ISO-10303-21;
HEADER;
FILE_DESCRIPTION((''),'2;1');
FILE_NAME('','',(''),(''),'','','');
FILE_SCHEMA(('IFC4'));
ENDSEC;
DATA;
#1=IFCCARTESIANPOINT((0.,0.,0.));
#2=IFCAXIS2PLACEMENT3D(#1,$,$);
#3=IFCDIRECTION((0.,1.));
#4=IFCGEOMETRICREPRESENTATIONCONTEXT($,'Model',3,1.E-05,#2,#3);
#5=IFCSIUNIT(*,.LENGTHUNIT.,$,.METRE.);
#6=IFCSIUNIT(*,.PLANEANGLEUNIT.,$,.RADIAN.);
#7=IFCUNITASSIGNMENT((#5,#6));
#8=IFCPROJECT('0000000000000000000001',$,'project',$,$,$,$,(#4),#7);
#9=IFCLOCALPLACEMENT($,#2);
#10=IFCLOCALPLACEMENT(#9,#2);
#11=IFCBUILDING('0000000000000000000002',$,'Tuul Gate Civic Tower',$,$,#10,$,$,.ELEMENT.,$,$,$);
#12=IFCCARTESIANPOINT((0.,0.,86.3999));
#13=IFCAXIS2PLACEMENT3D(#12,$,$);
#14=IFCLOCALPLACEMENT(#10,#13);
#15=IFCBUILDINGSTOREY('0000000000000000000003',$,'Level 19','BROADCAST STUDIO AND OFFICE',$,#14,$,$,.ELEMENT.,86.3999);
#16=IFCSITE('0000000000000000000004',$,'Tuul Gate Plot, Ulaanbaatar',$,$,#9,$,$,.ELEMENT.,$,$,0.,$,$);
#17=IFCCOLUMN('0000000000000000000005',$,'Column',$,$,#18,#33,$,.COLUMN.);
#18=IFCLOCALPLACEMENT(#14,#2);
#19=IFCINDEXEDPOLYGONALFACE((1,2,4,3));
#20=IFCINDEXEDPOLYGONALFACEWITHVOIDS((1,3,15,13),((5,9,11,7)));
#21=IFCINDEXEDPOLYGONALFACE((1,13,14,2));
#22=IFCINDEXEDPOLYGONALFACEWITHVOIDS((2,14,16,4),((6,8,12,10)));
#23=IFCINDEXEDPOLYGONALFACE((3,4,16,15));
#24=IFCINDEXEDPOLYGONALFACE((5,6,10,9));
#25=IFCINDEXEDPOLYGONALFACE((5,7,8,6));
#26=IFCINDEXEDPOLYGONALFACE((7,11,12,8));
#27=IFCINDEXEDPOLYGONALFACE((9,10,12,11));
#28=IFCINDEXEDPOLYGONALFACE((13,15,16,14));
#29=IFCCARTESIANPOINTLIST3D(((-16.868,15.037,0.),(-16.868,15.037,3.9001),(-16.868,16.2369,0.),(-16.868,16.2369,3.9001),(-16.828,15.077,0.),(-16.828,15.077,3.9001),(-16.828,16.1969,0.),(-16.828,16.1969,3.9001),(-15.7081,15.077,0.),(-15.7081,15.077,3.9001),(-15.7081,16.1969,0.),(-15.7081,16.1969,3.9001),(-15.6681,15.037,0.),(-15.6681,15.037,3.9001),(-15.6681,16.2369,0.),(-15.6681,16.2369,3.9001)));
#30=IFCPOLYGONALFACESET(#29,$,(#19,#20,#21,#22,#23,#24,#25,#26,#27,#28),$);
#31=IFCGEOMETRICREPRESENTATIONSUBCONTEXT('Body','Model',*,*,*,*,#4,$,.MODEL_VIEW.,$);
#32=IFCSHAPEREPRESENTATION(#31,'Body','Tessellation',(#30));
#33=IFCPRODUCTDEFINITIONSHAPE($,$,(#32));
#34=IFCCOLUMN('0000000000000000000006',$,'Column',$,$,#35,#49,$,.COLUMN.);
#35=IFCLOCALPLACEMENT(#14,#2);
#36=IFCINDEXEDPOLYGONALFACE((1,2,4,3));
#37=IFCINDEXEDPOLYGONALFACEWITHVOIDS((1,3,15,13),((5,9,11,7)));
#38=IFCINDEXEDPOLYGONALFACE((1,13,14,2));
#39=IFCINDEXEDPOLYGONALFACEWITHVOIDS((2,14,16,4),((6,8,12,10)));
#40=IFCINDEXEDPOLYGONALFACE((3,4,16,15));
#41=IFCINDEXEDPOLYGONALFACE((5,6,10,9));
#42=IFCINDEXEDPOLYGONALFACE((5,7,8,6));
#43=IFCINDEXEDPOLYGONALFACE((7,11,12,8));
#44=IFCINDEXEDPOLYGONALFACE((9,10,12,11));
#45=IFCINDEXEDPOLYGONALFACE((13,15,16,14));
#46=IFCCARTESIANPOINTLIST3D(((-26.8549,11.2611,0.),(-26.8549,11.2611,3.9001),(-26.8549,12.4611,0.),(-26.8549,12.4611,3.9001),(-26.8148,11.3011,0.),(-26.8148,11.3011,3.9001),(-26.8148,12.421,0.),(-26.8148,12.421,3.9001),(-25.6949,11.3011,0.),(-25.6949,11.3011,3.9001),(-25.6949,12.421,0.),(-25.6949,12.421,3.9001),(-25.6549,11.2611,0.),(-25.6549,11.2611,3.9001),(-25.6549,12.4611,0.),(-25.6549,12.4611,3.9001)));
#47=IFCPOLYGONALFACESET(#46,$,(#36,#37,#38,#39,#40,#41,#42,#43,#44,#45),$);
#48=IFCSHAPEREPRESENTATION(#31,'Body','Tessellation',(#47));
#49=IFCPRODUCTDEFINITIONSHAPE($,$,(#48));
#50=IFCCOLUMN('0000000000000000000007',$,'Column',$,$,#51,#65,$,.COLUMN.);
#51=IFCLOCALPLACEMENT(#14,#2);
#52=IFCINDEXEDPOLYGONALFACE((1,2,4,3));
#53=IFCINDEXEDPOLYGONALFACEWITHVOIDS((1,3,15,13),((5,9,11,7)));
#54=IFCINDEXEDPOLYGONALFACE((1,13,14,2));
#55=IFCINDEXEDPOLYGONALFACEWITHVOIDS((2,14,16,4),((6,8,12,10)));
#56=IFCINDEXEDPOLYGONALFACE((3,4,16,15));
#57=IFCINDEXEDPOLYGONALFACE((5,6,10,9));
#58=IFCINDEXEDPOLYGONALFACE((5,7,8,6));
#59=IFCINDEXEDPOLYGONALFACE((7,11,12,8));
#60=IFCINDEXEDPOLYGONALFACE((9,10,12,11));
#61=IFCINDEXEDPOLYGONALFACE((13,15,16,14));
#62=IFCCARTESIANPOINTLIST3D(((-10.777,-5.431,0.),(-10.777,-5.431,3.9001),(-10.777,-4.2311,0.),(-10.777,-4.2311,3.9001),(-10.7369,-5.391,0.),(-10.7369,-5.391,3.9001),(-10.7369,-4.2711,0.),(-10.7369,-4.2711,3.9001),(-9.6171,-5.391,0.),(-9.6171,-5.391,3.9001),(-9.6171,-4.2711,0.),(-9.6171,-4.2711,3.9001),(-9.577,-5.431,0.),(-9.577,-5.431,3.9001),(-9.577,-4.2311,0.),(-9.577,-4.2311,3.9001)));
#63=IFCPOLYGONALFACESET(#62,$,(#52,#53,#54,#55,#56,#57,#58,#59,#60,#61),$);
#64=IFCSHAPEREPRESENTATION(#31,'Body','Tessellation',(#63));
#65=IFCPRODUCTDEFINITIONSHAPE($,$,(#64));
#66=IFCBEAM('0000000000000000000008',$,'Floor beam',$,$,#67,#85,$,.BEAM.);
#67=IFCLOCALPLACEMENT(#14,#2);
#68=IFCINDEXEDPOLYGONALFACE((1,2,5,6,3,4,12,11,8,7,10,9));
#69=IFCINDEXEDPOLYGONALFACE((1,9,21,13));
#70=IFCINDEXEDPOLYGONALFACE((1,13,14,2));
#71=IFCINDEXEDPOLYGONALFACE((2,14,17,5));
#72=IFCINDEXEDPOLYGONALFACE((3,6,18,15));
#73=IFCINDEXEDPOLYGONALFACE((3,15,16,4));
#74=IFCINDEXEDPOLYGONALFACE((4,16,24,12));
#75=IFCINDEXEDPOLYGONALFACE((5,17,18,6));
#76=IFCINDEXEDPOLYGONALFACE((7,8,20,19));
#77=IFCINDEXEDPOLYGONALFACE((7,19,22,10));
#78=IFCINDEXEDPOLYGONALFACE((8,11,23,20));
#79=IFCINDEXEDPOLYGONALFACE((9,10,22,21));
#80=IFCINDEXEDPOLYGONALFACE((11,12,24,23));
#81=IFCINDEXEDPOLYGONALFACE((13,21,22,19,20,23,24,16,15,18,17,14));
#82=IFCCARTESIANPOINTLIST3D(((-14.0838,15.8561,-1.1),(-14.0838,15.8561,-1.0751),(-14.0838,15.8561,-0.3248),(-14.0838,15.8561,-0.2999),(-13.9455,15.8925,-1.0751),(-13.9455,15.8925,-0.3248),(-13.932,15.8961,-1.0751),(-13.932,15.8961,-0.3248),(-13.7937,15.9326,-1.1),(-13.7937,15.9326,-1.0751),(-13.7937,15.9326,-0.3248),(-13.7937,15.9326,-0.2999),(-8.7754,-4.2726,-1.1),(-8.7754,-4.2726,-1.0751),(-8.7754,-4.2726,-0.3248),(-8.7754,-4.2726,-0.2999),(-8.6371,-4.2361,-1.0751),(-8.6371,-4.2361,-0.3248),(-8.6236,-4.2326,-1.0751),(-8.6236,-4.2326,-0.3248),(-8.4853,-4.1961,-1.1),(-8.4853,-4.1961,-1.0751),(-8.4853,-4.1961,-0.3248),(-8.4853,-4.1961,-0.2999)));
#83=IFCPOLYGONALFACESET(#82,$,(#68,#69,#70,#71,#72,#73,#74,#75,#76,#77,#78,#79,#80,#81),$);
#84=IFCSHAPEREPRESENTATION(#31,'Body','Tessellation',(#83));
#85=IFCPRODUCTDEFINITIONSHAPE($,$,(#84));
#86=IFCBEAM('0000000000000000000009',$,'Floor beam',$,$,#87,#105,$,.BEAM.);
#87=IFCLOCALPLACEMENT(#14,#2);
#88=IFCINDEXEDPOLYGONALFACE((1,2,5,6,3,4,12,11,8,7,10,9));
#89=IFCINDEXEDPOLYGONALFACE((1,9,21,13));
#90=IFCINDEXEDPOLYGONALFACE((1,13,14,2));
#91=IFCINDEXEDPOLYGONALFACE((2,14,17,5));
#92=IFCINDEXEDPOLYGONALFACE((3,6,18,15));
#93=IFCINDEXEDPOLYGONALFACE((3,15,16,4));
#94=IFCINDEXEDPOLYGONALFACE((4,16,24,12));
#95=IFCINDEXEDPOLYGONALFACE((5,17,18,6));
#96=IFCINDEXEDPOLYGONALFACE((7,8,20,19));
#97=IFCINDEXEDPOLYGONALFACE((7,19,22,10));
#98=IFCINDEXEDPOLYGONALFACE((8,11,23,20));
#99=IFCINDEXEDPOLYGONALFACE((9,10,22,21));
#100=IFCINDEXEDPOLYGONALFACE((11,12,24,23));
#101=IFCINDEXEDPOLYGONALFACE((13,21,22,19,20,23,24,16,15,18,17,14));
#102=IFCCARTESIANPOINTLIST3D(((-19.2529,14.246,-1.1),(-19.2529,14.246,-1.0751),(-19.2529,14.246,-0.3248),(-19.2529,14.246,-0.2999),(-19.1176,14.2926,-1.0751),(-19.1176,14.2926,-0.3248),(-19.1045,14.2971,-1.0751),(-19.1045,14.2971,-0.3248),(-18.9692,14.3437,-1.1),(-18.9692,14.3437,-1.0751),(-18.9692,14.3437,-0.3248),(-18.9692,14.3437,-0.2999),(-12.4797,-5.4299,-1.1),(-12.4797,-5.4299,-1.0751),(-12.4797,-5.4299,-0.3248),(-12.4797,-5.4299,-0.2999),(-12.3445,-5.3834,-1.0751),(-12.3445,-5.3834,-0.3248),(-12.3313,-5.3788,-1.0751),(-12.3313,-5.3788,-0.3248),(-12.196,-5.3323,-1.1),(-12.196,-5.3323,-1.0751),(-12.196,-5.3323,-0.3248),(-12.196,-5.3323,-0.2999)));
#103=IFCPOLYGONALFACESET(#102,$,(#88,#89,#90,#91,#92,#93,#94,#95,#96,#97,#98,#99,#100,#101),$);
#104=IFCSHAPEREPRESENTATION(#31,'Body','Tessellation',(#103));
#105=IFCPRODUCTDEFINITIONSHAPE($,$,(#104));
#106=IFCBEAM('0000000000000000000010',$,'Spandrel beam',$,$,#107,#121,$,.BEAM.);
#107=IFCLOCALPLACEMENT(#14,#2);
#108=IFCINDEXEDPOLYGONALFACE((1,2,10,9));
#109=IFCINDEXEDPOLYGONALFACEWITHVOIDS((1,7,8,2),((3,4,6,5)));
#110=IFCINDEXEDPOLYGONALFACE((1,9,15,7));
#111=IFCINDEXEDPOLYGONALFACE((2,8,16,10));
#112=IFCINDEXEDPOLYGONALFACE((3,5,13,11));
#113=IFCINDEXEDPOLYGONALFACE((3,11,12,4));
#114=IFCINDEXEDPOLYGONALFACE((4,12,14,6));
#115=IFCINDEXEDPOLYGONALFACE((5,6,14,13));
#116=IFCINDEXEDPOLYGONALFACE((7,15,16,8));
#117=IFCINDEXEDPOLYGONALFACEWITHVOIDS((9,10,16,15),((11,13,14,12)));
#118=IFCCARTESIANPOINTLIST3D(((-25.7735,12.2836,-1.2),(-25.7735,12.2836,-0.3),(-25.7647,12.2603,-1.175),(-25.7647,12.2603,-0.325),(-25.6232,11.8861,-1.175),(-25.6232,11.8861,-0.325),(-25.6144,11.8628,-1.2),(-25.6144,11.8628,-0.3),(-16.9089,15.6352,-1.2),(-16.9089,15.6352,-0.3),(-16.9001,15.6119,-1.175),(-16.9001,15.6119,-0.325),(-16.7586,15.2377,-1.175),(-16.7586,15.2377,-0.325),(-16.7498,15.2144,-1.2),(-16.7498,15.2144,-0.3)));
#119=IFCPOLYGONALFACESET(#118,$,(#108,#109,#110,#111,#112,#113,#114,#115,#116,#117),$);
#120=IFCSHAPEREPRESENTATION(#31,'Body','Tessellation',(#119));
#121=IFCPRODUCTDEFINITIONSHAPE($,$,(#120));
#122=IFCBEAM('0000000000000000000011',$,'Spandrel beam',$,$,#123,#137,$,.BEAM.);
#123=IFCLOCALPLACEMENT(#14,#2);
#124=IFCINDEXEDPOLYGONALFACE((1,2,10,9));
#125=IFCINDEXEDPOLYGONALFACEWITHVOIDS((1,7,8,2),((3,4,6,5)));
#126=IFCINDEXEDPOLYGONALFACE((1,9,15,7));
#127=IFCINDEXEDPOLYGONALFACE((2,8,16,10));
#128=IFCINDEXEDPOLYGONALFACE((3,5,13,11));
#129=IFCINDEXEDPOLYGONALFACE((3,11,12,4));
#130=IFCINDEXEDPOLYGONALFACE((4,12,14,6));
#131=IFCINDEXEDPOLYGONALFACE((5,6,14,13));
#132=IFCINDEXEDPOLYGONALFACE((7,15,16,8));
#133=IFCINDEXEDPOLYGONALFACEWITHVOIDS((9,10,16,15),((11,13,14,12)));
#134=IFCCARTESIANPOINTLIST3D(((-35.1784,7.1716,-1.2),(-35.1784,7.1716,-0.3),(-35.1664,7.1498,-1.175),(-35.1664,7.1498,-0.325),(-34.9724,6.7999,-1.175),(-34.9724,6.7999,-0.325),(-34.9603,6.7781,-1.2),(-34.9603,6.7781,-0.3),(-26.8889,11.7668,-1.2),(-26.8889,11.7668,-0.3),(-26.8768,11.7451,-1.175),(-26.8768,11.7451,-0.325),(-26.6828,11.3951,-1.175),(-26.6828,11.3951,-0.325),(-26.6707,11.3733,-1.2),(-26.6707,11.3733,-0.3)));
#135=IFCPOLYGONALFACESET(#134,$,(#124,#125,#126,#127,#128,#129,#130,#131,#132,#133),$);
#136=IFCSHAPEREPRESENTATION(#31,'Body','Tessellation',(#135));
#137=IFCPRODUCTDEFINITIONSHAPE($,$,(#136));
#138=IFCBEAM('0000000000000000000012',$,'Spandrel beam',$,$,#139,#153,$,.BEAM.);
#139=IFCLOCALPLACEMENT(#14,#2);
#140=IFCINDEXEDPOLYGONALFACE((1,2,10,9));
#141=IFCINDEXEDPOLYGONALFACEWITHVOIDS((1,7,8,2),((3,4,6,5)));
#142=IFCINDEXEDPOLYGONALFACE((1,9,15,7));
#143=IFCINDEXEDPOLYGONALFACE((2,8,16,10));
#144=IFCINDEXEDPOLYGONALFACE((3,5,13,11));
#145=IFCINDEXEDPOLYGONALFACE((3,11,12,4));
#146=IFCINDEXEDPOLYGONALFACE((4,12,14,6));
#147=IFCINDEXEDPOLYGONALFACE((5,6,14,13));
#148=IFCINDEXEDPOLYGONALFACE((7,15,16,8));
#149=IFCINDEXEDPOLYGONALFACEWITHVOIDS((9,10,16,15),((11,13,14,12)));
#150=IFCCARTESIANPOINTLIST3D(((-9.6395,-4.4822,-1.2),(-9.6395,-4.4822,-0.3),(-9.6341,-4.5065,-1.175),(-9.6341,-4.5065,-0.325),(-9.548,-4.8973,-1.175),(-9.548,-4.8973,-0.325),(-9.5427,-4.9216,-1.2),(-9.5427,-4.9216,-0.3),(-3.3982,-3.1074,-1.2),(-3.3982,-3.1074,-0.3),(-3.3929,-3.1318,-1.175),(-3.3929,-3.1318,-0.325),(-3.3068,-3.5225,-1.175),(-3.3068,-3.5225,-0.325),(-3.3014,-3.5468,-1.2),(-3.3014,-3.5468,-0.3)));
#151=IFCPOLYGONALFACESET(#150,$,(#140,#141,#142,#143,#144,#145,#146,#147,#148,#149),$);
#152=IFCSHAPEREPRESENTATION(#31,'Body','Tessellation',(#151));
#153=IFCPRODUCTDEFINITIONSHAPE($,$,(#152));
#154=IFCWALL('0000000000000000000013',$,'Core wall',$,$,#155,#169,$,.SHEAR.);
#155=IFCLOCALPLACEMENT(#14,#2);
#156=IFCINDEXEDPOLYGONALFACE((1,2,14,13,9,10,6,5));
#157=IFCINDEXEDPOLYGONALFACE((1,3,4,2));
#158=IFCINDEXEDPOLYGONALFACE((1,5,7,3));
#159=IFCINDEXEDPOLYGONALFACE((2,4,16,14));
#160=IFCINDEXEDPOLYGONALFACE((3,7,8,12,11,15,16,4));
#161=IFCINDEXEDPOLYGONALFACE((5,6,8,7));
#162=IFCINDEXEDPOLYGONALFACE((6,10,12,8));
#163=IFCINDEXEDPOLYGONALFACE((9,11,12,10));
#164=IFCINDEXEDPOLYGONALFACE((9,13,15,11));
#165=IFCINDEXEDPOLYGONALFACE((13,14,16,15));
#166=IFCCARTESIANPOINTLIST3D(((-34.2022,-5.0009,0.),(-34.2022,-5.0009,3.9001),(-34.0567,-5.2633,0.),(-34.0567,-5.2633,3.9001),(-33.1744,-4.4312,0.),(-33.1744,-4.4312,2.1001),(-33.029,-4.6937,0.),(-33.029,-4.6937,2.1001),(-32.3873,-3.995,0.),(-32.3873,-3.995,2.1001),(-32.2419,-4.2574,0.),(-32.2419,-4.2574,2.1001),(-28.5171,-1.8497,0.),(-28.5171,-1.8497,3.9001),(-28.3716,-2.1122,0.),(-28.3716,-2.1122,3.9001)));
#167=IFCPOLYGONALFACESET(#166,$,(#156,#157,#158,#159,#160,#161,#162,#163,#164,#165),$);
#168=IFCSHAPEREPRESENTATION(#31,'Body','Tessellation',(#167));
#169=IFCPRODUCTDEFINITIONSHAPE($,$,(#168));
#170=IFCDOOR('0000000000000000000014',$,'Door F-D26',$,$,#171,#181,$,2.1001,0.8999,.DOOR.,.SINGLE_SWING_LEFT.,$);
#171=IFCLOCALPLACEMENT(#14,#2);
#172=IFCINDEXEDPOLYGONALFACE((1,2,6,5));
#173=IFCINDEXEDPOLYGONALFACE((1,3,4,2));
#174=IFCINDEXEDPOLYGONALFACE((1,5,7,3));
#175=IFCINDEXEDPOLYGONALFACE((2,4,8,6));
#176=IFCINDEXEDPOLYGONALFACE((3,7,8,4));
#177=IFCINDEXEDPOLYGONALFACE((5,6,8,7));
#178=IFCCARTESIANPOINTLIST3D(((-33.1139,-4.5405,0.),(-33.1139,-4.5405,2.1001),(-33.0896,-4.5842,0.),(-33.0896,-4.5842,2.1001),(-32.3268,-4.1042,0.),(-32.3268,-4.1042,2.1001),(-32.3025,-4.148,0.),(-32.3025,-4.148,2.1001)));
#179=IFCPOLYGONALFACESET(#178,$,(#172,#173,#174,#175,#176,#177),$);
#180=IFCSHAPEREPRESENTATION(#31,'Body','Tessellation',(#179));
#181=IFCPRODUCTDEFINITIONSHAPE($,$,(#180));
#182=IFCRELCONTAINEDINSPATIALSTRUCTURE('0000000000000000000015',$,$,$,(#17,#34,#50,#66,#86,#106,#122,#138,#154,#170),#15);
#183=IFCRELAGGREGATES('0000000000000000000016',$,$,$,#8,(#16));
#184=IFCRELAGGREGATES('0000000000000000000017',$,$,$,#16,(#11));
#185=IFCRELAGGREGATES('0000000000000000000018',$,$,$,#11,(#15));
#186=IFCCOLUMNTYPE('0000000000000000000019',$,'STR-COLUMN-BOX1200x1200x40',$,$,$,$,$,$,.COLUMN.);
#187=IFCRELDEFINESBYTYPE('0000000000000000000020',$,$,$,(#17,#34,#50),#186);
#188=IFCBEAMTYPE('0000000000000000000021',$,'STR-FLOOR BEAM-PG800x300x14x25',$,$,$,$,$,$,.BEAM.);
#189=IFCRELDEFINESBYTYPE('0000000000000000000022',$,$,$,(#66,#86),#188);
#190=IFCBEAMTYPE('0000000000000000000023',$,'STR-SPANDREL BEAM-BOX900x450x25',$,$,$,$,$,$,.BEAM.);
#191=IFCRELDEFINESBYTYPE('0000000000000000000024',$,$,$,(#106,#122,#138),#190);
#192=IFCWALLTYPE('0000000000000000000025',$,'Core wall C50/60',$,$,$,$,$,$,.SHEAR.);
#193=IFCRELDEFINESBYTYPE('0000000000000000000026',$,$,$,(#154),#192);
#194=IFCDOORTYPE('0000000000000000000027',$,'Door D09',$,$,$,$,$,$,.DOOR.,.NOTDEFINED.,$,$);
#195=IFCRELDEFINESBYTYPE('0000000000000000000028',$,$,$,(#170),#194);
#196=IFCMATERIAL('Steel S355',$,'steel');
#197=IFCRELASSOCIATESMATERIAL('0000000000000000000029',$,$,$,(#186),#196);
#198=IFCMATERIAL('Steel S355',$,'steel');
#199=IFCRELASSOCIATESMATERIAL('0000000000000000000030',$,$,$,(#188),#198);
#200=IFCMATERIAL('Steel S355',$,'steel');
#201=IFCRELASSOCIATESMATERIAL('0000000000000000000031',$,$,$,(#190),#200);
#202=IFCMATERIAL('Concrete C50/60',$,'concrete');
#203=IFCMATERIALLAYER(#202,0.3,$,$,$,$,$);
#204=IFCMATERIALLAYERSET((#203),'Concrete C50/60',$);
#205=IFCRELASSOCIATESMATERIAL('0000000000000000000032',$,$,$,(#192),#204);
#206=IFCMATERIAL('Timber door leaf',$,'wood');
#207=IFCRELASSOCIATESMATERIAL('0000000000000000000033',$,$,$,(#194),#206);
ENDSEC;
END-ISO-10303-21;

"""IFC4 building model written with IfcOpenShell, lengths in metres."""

from ifc_helpers import new_model, si_unit, direction, frame, frame_2d, origin, origin_2d, place, context, subcontext, project, spatial, rectangle, hollow_rectangle, i_section, extrude, material, layer, layer_set, material_profile, profile_set, type_object, element, fill, save


model = new_model("IFC4")

# Units and contexts
model_context = context("Model", 3, precision=1e-05, world=origin(), true_north=direction((0.0, 1.0)))
body_context = subcontext(model_context, "Body", "Model", "MODEL_VIEW")
ifc_project = project(units=[si_unit("LENGTHUNIT", "METRE"), si_unit("PLANEANGLEUNIT", "RADIAN")], contexts=[model_context])

# Site, building, storey
site_placement = place(None, origin())
site = spatial("IfcSite", under=ifc_project, at=site_placement, Name="Tuul Gate Plot, Ulaanbaatar", CompositionType="ELEMENT", RefElevation=0.0)
building_placement = place(site_placement, origin())
building = spatial("IfcBuilding", under=site, at=building_placement, Name="Tuul Gate Civic Tower", CompositionType="ELEMENT")
storey_placement = place(building_placement, frame((0.0, 0.0, 86.3999)))
storey = spatial("IfcBuildingStorey", under=building, at=storey_placement, Name="Level 19", Description="BROADCAST STUDIO AND OFFICE", CompositionType="ELEMENT", Elevation=86.3999)

# Columns
ifc_material_1 = material(Name="Steel S355", Category="steel")
ifc_material_profile_1 = material_profile(ifc_material_1, hollow_rectangle(XDim=1.2, YDim=1.2, WallThickness=0.04, at=origin_2d()), Name="BOX1200x1200x40")
ifc_profile_set_1 = profile_set([ifc_material_profile_1], Name="Steel S355")
column_type = type_object("IfcColumnType", Name="STR-COLUMN-BOX1200x1200x40", PredefinedType="COLUMN", material=ifc_profile_set_1)
for number, where, z_axis, x_axis, name in (
    (1, (-16.2681, 15.637, 0.0), (0.0, 0.0, 1.0), (1.0, 0.0, 0.0), "Column"),
    (2, (-26.2549, 11.8611, 0.0), (0.0, 0.0, 1.0), (1.0, 0.0, 0.0), "Column"),
    (3, (-10.177, -4.8311, 0.0), (0.0, 0.0, 1.0), (1.0, 0.0, 0.0), "Column"),
):
    element("IfcColumn", number, at=place(storey_placement, frame(where, z_axis=z_axis, x_axis=x_axis)), inside=storey, type_object=column_type, Name=name, PredefinedType="COLUMN", context=body_context, shape_type="SweptSolid", body=[
        extrude(hollow_rectangle(XDim=1.2, YDim=1.2, WallThickness=0.04, at=origin_2d()), origin(), (0.0, 0.0, 1.0), 3.9001),
    ])

# Beams
ifc_material_2 = material(Name="Steel S355", Category="steel")
ifc_material_profile_2 = material_profile(ifc_material_2, i_section(OverallWidth=0.3, OverallDepth=0.8, WebThickness=0.0139, FlangeThickness=0.0249, at=origin_2d()), Name="PG800x300x14x25")
ifc_profile_set_2 = profile_set([ifc_material_profile_2], Name="Steel S355")
beam_type_1 = type_object("IfcBeamType", Name="STR-FLOOR BEAM-PG800x300x14x25", PredefinedType="BEAM", material=ifc_profile_set_2)
beam_1_placement = place(storey_placement, frame((-8.6304, -4.2344, -0.7), z_axis=(-0.255002, 0.96694, 0.0), x_axis=(-0.96694, -0.255002, 0.0)))
element("IfcBeam", 4, at=beam_1_placement, inside=storey, type_object=beam_type_1, Name="Floor beam", PredefinedType="BEAM", context=body_context, shape_type="SweptSolid", body=[
    extrude(i_section(OverallWidth=0.3, OverallDepth=0.8, WebThickness=0.0139, FlangeThickness=0.0249, at=origin_2d()), origin(), (0.0, 0.0, 1.0), 20.8169),
])
beam_2_placement = place(storey_placement, frame((-12.3379, -5.3811, -0.7), z_axis=(-0.325491, 0.945545, 0.0), x_axis=(-0.945545, -0.325491, 0.0)))
element("IfcBeam", 5, at=beam_2_placement, inside=storey, type_object=beam_type_1, Name="Floor beam", PredefinedType="BEAM", context=body_context, shape_type="SweptSolid", body=[
    extrude(i_section(OverallWidth=0.3, OverallDepth=0.8, WebThickness=0.0139, FlangeThickness=0.0249, at=origin_2d()), origin(), (0.0, 0.0, 1.0), 20.8091),
])
ifc_material_3 = material(Name="Steel S355", Category="steel")
ifc_material_profile_3 = material_profile(ifc_material_3, hollow_rectangle(XDim=0.45, YDim=0.8999, WallThickness=0.0249, at=origin_2d()), Name="BOX900x450x25")
ifc_profile_set_3 = profile_set([ifc_material_profile_3], Name="Steel S355")
beam_type_2 = type_object("IfcBeamType", Name="STR-SPANDREL BEAM-BOX900x450x25", PredefinedType="BEAM", material=ifc_profile_set_3)
beam_3_placement = place(storey_placement, frame((-16.8293, 15.4248, -0.75), z_axis=(-0.935376, -0.353655, 0.0), x_axis=(0.353655, -0.935376, 0.0)))
element("IfcBeam", 6, at=beam_3_placement, inside=storey, type_object=beam_type_2, Name="Spandrel beam", PredefinedType="BEAM", context=body_context, shape_type="SweptSolid", body=[
    extrude(hollow_rectangle(XDim=0.45, YDim=0.8999, WallThickness=0.0249, at=origin_2d()), origin(), (0.0, 0.0, 1.0), 9.4771),
])
beam_4_placement = place(storey_placement, frame((-26.7798, 11.5701, -0.75), z_axis=(-0.874609, -0.484829, 0.0), x_axis=(0.484829, -0.874609, 0.0)))
element("IfcBeam", 7, at=beam_4_placement, inside=storey, type_object=beam_type_2, Name="Spandrel beam", PredefinedType="BEAM", context=body_context, shape_type="SweptSolid", body=[
    extrude(hollow_rectangle(XDim=0.45, YDim=0.8999, WallThickness=0.0249, at=origin_2d()), origin(), (0.0, 0.0, 1.0), 9.478),
])
beam_5_placement = place(storey_placement, frame((-9.5911, -4.7019, -0.75), z_axis=(0.976589, 0.215114, 0.0), x_axis=(-0.215114, 0.976589, 0.0)))
element("IfcBeam", 8, at=beam_5_placement, inside=storey, type_object=beam_type_2, Name="Spandrel beam", PredefinedType="BEAM", context=body_context, shape_type="SweptSolid", body=[
    extrude(hollow_rectangle(XDim=0.45, YDim=0.8999, WallThickness=0.0249, at=origin_2d()), origin(), (0.0, 0.0, 1.0), 6.3909),
])

# Wall, opening, door
ifc_material_4 = material(Name="Concrete C50/60", Category="concrete")
ifc_layer_1 = layer(ifc_material_4, 0.3)
ifc_layer_set_1 = layer_set([ifc_layer_1], Name="Concrete C50/60")
wall_type_1 = type_object("IfcWallType", Name="Core wall C50/60", PredefinedType="SHEAR", material=ifc_layer_set_1)
wall_1_placement = place(storey_placement, frame((-28.4443, -1.981, 0.0), z_axis=(0.0, 0.0, 1.0), x_axis=(-0.87463, -0.484791, 0.0)))
wall_1 = element("IfcWall", 9, at=wall_1_placement, inside=storey, type_object=wall_type_1, Name="Core wall", PredefinedType="SHEAR", context=body_context, shape_type="SweptSolid", body=[
    extrude(rectangle(XDim=6.5, YDim=0.3, at=frame_2d((3.25, 0.0))), origin(), (0.0, 0.0, 1.0), 3.9001),
])
opening_1_placement = place(wall_1_placement, frame((4.425, 0.0, 0.0)))
opening_1 = element("IfcOpeningElement", 10, at=opening_1_placement, cuts=wall_1, PredefinedType="OPENING", context=body_context, shape_type="SweptSolid", body=[
    extrude(rectangle(XDim=0.8999, YDim=2.1001, at=frame_2d((0.45, 1.05))), frame((0.0, 0.1602, 0.0), z_axis=(0.0, -1.0, 0.0), x_axis=(1.0, 0.0, 0.0)), (0.0, 0.0, 1.0), 0.3201),
])
ifc_material_5 = material(Name="Timber door leaf", Category="wood")
door_type_1 = type_object("IfcDoorType", Name="Door D09", OperationType="NOTDEFINED", PredefinedType="DOOR", material=ifc_material_5)
door_1_placement = place(opening_1_placement, origin())
door_1 = element("IfcDoor", 11, at=door_1_placement, inside=storey, type_object=door_type_1, Name="Door F-D26", OperationType="SINGLE_SWING_LEFT", OverallHeight=2.1001, OverallWidth=0.8999, PredefinedType="DOOR", context=body_context, shape_type="SweptSolid", body=[
    extrude(rectangle(XDim=0.8999, YDim=2.1001, at=frame_2d((0.45, 1.05))), frame((0.0, 0.0249, 0.0), z_axis=(0.0, -1.0, 0.0), x_axis=(1.0, 0.0, 0.0)), (0.0, 0.0, 1.0), 0.05),
])
fill(opening_1, door_1)

save(model, "model.ifc")
